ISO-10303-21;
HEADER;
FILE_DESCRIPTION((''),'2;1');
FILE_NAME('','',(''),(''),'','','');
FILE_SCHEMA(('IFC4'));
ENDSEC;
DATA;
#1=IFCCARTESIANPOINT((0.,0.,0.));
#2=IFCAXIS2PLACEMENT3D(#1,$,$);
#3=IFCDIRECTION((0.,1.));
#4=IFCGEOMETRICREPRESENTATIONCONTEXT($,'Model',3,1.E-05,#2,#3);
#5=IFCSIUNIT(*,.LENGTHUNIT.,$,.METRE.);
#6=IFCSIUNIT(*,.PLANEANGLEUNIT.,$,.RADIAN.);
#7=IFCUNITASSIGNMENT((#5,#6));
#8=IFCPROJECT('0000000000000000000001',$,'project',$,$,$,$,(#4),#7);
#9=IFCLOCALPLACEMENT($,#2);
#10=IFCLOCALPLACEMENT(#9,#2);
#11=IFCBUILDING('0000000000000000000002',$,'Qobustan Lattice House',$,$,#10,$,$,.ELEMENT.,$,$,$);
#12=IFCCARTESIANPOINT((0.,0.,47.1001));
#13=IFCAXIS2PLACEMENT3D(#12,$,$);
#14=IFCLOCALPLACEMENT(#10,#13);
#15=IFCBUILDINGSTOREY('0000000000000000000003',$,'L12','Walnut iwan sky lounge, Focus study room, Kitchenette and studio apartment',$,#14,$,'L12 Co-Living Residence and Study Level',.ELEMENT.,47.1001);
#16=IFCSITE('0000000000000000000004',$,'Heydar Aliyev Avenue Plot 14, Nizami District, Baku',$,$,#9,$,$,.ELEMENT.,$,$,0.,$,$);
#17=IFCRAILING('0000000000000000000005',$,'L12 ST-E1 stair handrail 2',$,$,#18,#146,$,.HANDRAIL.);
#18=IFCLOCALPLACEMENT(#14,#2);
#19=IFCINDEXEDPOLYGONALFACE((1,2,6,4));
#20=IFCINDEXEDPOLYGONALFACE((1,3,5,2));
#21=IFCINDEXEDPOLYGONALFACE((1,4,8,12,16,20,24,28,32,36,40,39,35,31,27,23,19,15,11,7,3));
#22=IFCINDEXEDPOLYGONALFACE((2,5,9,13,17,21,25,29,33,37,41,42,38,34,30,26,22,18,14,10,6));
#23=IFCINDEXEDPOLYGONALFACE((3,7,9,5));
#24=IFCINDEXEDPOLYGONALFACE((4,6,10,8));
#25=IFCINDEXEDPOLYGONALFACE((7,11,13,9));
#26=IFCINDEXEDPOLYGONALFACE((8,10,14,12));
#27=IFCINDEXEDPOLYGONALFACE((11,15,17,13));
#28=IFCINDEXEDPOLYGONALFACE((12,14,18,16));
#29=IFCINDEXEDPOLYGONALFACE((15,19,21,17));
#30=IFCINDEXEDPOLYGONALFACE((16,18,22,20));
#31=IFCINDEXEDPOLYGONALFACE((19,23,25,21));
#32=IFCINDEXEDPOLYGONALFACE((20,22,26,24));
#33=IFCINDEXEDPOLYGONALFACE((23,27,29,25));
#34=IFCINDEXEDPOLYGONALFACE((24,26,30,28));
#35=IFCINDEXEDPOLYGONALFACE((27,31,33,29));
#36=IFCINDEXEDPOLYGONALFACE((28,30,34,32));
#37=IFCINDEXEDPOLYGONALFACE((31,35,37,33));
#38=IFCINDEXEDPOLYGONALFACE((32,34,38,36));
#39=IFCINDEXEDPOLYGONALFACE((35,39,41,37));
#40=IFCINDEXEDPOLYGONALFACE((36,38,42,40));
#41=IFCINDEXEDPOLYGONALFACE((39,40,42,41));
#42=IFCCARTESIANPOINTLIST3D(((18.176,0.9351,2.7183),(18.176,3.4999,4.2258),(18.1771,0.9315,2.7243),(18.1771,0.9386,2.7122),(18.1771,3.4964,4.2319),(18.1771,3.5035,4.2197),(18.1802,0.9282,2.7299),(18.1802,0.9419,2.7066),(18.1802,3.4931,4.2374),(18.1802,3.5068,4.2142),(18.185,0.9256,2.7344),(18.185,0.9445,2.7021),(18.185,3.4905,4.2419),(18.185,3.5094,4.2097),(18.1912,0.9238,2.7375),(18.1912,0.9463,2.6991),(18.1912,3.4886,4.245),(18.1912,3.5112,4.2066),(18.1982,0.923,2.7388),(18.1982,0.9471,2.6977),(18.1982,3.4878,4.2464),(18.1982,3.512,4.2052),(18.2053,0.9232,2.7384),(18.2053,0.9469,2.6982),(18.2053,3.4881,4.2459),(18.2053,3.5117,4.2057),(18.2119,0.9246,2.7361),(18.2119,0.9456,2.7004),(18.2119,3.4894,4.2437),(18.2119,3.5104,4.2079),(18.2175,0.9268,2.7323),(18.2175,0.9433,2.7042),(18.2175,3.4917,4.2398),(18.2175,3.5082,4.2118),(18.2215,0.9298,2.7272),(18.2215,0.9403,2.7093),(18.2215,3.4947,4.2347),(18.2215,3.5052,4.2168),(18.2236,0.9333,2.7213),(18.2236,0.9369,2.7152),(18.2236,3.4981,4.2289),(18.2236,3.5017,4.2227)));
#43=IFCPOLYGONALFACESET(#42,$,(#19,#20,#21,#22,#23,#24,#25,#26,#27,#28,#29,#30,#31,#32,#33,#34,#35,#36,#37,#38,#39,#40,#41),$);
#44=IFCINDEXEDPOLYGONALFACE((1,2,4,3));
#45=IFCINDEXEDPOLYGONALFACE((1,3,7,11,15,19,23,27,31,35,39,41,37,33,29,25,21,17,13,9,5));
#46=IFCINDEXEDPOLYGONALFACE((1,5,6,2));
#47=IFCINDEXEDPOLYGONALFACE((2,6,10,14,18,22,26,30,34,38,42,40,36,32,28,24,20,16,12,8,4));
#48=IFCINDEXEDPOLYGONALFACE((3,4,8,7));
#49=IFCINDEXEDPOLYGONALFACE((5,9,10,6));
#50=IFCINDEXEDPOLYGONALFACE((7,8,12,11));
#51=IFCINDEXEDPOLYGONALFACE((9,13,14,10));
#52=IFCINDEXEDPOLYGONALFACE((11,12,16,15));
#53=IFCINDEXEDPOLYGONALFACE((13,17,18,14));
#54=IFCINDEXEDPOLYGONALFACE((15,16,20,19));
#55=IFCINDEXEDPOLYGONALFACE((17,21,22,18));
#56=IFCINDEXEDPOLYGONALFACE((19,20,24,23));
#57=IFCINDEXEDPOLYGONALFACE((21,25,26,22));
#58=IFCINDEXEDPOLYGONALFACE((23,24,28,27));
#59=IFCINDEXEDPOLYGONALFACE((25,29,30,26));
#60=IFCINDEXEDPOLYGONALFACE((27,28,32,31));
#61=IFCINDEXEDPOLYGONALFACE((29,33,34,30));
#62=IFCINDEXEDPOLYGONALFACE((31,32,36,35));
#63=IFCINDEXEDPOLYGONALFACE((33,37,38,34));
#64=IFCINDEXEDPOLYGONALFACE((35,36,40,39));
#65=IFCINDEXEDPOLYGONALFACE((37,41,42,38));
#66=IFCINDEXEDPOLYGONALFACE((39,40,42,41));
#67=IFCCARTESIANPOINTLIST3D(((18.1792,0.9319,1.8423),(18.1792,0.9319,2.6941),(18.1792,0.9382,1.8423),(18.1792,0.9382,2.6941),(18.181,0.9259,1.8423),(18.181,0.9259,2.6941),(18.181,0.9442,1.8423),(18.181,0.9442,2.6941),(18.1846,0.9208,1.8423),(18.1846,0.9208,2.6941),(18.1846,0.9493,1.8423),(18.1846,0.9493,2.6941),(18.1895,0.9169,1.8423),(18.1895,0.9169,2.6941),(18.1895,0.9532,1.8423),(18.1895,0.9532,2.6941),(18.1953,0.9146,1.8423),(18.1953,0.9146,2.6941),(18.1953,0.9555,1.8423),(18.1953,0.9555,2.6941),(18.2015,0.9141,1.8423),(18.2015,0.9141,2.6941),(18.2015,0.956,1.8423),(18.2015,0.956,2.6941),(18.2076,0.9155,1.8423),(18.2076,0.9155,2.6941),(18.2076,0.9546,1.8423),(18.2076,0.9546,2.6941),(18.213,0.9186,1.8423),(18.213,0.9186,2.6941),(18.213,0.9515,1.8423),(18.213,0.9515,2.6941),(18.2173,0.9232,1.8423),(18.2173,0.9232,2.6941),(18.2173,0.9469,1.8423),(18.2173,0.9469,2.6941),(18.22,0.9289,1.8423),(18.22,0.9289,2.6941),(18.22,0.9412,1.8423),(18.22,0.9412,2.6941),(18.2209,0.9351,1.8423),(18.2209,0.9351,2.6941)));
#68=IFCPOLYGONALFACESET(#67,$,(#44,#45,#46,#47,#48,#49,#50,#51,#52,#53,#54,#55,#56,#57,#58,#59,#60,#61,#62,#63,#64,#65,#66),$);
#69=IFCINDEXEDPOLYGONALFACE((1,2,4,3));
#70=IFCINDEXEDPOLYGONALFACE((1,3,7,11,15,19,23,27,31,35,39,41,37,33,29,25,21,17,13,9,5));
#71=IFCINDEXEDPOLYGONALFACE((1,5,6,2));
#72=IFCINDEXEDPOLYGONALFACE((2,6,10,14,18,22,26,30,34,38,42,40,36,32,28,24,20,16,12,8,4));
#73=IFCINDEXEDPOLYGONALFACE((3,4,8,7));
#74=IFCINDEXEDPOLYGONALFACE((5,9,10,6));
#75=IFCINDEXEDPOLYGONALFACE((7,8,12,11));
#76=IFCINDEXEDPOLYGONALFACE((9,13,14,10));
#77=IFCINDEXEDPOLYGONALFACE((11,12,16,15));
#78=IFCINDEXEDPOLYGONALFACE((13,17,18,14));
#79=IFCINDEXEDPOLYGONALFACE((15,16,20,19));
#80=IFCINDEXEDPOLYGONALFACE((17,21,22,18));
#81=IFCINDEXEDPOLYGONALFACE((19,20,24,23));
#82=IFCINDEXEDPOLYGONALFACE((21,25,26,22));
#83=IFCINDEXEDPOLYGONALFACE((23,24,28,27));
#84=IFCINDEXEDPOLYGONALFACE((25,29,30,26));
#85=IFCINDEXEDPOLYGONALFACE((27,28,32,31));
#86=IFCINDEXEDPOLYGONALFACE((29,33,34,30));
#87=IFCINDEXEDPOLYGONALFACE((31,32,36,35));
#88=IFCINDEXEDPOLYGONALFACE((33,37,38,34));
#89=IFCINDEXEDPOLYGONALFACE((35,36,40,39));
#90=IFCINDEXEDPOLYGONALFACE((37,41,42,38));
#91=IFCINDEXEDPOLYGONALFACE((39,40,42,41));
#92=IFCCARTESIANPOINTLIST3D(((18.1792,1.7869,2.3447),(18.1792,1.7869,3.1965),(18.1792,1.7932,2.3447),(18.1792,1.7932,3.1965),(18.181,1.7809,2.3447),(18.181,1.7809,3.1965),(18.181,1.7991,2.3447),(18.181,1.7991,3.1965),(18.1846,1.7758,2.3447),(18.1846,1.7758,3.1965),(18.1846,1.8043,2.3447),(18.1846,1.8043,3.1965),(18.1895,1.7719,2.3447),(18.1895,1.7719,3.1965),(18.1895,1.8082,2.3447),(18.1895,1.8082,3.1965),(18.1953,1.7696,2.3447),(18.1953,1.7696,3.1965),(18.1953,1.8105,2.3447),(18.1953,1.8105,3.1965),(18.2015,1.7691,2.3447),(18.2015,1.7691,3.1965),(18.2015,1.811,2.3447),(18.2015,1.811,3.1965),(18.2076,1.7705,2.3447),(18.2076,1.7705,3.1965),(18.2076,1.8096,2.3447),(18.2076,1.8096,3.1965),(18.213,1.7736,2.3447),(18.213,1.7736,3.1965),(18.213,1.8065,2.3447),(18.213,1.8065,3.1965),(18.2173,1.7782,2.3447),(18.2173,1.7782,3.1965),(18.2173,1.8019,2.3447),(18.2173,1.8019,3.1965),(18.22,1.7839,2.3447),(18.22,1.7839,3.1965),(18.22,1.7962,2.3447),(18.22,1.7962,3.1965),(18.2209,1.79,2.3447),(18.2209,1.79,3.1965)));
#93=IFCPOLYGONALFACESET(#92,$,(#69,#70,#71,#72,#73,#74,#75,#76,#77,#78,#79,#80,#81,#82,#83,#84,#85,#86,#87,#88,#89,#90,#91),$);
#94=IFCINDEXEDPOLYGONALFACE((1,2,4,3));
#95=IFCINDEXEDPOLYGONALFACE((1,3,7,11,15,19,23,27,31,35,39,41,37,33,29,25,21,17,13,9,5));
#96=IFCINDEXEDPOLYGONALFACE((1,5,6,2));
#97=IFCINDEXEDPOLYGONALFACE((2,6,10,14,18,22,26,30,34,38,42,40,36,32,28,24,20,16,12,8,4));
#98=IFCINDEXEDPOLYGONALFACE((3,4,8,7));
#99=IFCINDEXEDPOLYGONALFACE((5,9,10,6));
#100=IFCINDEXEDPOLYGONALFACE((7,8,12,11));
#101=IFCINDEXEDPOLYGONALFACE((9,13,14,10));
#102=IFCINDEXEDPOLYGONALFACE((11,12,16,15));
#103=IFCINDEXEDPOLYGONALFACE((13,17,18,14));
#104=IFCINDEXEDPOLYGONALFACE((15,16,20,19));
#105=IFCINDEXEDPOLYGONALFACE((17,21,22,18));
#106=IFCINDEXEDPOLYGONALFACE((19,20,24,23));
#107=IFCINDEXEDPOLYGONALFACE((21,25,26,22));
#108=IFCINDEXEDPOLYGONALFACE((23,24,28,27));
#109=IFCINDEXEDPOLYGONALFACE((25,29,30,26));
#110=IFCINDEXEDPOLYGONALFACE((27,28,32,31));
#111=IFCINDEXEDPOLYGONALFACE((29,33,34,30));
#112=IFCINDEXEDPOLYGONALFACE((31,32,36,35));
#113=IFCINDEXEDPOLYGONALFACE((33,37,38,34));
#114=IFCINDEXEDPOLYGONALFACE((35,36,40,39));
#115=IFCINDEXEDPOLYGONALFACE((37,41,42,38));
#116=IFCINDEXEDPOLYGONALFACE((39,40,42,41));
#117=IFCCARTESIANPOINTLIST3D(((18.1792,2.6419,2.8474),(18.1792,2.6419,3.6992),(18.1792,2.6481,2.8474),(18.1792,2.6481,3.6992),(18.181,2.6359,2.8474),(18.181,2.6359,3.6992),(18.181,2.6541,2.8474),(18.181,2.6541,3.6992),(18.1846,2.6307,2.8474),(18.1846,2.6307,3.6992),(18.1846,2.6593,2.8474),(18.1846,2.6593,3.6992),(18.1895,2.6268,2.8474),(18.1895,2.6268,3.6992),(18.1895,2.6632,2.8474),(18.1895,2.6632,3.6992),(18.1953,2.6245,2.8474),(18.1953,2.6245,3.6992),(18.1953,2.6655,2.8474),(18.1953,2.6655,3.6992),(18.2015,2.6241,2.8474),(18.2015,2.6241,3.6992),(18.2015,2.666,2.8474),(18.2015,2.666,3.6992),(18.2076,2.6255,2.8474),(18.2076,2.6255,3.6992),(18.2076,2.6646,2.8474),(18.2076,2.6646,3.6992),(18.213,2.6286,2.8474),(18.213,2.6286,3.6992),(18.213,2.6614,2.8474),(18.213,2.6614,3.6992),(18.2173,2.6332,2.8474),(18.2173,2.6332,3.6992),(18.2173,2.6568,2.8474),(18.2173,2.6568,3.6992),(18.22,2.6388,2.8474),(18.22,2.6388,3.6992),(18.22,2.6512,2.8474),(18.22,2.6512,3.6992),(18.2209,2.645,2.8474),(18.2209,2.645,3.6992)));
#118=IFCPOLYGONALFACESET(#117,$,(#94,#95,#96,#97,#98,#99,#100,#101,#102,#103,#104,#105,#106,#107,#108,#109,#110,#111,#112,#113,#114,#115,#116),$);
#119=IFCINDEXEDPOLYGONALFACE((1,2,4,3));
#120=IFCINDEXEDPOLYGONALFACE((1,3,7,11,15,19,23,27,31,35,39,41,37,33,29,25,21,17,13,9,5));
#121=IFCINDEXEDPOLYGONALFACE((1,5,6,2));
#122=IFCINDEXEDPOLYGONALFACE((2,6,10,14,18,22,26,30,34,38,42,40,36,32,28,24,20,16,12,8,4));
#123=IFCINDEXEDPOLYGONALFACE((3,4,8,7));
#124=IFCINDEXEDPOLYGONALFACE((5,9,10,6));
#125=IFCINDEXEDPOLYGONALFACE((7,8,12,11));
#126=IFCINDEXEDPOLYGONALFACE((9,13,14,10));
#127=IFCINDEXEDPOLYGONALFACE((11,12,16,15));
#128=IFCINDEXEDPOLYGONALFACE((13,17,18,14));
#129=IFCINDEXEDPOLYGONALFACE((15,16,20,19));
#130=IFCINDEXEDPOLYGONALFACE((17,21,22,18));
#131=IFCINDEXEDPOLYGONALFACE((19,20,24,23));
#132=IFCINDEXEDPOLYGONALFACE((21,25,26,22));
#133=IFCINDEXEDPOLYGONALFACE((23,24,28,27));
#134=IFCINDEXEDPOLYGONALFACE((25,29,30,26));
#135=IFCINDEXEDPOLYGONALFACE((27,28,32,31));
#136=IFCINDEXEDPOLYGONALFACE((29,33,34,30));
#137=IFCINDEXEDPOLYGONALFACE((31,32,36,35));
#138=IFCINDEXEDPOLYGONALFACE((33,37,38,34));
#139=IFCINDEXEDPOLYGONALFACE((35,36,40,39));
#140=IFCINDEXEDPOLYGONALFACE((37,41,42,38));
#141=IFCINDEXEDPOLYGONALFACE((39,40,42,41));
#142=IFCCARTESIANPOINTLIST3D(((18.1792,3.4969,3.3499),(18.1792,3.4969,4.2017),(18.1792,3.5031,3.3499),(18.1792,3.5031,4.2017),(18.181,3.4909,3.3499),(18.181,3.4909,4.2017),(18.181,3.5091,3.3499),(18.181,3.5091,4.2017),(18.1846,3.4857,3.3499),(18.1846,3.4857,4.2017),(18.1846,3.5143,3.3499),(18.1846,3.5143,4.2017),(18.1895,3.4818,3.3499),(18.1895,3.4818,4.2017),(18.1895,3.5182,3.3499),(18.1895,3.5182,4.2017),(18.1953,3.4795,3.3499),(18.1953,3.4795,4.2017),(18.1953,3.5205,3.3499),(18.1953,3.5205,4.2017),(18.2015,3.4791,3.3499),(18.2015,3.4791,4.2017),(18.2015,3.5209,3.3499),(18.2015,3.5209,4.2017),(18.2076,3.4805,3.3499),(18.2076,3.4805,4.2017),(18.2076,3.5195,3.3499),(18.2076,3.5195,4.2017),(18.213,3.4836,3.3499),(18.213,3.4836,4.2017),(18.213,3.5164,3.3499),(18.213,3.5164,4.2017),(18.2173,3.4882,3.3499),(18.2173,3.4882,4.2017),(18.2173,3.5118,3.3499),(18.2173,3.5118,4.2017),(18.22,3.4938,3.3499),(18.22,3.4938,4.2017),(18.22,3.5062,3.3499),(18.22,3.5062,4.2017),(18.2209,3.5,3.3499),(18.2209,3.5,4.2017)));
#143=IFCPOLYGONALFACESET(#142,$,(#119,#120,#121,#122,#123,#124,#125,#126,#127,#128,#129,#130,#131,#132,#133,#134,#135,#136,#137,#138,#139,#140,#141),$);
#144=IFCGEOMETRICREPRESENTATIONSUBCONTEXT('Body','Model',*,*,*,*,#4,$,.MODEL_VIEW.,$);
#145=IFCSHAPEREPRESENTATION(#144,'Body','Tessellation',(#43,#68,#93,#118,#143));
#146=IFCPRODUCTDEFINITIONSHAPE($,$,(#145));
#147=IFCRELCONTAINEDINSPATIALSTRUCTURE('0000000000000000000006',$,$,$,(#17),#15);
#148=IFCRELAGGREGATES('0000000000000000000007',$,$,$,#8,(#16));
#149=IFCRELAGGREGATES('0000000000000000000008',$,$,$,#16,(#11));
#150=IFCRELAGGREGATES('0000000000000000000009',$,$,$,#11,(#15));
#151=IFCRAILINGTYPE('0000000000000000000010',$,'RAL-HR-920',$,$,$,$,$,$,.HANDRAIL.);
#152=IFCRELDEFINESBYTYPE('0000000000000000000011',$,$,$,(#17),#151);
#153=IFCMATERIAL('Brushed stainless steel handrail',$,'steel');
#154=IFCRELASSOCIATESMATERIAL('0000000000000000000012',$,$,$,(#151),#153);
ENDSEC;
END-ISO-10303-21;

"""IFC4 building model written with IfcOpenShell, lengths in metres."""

from ifc_helpers import new_model, si_unit, direction, frame, origin, origin_2d, place, context, subcontext, project, spatial, circle, extrude, material, type_object, element, save


model = new_model("IFC4")

# Units and contexts
model_context = context("Model", 3, precision=1e-05, world=origin(), true_north=direction((0.0, 1.0)))
body_context = subcontext(model_context, "Body", "Model", "MODEL_VIEW")
ifc_project = project(units=[si_unit("LENGTHUNIT", "METRE"), si_unit("PLANEANGLEUNIT", "RADIAN")], contexts=[model_context])

# Site, building, storey
site_placement = place(None, origin())
site = spatial("IfcSite", under=ifc_project, at=site_placement, Name="Heydar Aliyev Avenue Plot 14, Nizami District, Baku", CompositionType="ELEMENT", RefElevation=0.0)
building_placement = place(site_placement, origin())
building = spatial("IfcBuilding", under=site, at=building_placement, Name="Qobustan Lattice House", CompositionType="ELEMENT")
storey_placement = place(building_placement, frame((0.0, 0.0, 47.1001)))
storey = spatial("IfcBuildingStorey", under=building, at=storey_placement, Name="L12", Description="Walnut iwan sky lounge, Focus study room, Kitchenette and studio apartment", LongName="L12 Co-Living Residence and Study Level", CompositionType="ELEMENT", Elevation=47.1001)

# Railing
ifc_material_1 = material(Name="Brushed stainless steel handrail", Category="steel")
railing_type_1 = type_object("IfcRailingType", Name="RAL-HR-920", PredefinedType="HANDRAIL", material=ifc_material_1)
railing_1_placement = place(storey_placement, frame((18.2, 0.9351, 1.8423)))
element("IfcRailing", 1, at=railing_1_placement, inside=storey, type_object=railing_type_1, Name="L12 ST-E1 stair handrail 2", PredefinedType="HANDRAIL", context=body_context, shape_type="SweptSolid", body=[
    extrude(circle(Radius=0.0239, at=origin_2d()), frame((0.0, 0.0, 0.876), z_axis=(0.0, 0.862113, 0.506715), x_axis=(-1.0, 0.0, 0.0)), (0.0, 0.0, 1.0), 2.9751),
    extrude(circle(Radius=0.021, at=origin_2d()), origin(), (0.0, 0.0, 1.0), 0.8518),
    extrude(circle(Radius=0.021, at=origin_2d()), frame((0.0, 0.855, 0.5024)), (0.0, 0.0, 1.0), 0.8518),
    extrude(circle(Radius=0.021, at=origin_2d()), frame((0.0, 1.71, 1.0051)), (0.0, 0.0, 1.0), 0.8518),
    extrude(circle(Radius=0.021, at=origin_2d()), frame((0.0, 2.5649, 1.5076)), (0.0, 0.0, 1.0), 0.8518),
])

save(model, "model.ifc")
